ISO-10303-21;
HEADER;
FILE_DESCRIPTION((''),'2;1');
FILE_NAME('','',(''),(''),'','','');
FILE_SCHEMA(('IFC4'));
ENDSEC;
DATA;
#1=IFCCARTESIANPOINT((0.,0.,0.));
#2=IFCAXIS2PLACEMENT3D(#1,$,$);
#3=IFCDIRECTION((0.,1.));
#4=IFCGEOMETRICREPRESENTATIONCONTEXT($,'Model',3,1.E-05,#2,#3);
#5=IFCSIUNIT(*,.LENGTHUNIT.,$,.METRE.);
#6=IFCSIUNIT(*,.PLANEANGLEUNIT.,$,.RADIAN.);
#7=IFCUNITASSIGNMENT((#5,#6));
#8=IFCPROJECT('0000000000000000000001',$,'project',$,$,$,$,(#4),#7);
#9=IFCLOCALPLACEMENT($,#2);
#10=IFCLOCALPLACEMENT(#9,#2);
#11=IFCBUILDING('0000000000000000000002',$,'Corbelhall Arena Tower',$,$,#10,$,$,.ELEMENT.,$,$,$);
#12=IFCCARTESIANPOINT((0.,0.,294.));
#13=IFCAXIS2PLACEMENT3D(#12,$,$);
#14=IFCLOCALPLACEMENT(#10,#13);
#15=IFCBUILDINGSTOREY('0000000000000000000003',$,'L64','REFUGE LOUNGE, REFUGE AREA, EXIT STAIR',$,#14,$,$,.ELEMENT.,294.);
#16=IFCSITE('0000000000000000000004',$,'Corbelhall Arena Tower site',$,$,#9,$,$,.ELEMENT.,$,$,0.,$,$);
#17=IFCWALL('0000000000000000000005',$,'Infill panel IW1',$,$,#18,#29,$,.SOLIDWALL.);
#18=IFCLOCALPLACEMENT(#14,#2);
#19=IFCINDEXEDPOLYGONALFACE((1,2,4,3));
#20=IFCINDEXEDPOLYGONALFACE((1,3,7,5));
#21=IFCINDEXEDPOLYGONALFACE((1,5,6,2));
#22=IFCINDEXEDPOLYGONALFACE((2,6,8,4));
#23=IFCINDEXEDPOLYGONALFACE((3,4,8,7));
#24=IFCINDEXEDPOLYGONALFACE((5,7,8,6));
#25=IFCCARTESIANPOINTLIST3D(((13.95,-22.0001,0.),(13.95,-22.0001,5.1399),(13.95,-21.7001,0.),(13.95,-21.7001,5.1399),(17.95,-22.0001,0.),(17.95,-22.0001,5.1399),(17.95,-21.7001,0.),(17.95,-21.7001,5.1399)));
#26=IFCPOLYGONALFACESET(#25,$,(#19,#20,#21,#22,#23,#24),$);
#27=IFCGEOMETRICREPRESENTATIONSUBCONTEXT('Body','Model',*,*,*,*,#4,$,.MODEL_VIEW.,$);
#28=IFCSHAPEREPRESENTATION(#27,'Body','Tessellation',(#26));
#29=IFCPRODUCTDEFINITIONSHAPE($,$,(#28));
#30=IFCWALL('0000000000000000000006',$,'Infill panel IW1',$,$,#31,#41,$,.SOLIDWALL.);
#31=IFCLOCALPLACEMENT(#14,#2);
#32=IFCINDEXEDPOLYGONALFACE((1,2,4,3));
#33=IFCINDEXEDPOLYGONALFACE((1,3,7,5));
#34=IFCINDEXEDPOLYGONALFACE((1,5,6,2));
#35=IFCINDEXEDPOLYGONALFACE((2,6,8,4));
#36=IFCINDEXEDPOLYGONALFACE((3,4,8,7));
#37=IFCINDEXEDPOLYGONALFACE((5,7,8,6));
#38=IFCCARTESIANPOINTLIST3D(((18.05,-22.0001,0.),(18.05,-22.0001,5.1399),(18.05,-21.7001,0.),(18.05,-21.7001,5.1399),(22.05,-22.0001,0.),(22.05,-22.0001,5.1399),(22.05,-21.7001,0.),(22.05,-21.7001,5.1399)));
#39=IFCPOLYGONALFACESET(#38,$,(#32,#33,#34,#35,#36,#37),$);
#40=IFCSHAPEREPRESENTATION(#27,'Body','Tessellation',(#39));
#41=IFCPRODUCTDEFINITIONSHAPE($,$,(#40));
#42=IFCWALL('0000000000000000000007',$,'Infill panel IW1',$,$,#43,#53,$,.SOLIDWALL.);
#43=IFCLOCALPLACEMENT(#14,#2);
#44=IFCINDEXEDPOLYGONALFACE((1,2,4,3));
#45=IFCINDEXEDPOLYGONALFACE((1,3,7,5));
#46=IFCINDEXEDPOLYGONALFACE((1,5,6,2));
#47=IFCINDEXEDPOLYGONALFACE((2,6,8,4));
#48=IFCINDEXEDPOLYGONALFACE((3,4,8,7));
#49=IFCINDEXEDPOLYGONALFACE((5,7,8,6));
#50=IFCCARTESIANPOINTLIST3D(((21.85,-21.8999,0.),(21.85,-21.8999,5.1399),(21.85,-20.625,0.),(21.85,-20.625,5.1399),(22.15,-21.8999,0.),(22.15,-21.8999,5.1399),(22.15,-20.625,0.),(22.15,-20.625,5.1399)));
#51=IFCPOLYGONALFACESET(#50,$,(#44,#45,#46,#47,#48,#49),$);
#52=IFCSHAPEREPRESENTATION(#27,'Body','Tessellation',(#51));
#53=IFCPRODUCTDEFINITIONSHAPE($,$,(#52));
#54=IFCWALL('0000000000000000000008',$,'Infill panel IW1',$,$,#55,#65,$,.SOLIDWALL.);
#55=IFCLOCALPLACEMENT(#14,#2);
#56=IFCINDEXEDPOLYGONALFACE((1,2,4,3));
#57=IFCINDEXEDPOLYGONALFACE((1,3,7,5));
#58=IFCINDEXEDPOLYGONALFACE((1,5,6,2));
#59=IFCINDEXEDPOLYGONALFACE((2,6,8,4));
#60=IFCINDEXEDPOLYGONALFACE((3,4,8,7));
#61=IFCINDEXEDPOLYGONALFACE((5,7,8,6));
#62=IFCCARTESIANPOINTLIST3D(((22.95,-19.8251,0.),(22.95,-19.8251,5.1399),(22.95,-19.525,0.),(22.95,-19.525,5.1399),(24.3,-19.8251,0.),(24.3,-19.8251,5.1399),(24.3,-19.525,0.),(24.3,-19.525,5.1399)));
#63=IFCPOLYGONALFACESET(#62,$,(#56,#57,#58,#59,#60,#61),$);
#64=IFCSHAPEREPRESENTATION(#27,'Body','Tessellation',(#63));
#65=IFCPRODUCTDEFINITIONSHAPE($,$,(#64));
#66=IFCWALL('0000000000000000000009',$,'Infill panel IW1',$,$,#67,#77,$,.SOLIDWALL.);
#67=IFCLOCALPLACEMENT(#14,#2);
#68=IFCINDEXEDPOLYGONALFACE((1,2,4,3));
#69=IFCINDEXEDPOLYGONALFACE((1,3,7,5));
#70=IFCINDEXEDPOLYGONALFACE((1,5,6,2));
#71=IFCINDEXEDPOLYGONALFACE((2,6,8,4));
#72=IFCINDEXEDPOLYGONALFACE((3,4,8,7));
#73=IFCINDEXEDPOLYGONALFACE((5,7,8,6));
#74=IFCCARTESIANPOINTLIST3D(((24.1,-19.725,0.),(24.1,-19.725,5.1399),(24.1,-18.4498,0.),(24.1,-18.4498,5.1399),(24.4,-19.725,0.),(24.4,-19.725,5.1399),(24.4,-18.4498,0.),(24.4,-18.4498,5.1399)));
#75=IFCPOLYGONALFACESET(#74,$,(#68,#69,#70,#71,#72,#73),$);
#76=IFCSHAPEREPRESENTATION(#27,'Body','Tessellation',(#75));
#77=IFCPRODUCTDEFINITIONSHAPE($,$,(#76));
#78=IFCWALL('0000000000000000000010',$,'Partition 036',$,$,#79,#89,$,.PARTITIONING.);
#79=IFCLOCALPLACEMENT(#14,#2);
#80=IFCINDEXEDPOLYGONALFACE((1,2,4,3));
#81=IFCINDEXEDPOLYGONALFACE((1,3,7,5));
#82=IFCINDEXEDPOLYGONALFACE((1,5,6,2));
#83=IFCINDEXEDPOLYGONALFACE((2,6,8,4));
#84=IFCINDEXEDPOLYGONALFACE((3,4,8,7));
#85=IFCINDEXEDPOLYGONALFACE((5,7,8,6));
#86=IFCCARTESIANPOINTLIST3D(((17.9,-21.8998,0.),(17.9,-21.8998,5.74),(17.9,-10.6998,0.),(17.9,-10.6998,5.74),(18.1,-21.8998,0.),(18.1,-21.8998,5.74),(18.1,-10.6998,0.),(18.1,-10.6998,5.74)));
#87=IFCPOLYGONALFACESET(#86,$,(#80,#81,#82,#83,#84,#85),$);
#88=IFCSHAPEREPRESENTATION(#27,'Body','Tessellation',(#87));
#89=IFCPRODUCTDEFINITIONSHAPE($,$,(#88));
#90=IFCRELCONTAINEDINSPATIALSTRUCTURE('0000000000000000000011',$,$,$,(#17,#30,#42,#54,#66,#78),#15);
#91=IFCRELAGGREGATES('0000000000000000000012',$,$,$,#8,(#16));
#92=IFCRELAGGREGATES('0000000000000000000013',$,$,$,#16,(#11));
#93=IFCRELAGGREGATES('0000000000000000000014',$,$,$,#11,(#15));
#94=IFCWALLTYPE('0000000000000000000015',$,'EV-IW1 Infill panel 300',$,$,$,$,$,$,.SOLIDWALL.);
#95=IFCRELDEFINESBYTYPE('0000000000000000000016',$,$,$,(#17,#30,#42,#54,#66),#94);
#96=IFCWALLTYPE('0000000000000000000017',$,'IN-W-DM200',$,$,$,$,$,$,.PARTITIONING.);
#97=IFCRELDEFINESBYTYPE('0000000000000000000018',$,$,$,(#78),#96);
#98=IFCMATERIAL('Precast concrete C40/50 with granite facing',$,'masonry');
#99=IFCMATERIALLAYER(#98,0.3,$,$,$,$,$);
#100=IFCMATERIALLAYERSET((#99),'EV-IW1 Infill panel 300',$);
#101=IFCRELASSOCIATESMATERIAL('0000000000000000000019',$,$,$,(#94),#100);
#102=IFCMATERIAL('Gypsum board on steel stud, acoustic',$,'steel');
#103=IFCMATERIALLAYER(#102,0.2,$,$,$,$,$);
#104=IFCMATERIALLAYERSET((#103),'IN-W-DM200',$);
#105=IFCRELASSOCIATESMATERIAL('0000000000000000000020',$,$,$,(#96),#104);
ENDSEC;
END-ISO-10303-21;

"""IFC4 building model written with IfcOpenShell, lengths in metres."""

from ifc_helpers import new_model, si_unit, direction, frame, frame_2d, origin, place, context, subcontext, project, spatial, rectangle, extrude, material, layer, layer_set, type_object, element, save


model = new_model("IFC4")

# Units and contexts
model_context = context("Model", 3, precision=1e-05, world=origin(), true_north=direction((0.0, 1.0)))
body_context = subcontext(model_context, "Body", "Model", "MODEL_VIEW")
ifc_project = project(units=[si_unit("LENGTHUNIT", "METRE"), si_unit("PLANEANGLEUNIT", "RADIAN")], contexts=[model_context])

# Site, building, storey
site_placement = place(None, origin())
site = spatial("IfcSite", under=ifc_project, at=site_placement, Name="Corbelhall Arena Tower site", CompositionType="ELEMENT", RefElevation=0.0)
building_placement = place(site_placement, origin())
building = spatial("IfcBuilding", under=site, at=building_placement, Name="Corbelhall Arena Tower", CompositionType="ELEMENT")
storey_placement = place(building_placement, frame((0.0, 0.0, 294.0)))
storey = spatial("IfcBuildingStorey", under=building, at=storey_placement, Name="L64", Description="REFUGE LOUNGE, REFUGE AREA, EXIT STAIR", CompositionType="ELEMENT", Elevation=294.0)

# Walls
ifc_material_1 = material(Name="Precast concrete C40/50 with granite facing", Category="masonry")
ifc_layer_1 = layer(ifc_material_1, 0.3)
ifc_layer_set_1 = layer_set([ifc_layer_1], Name="EV-IW1 Infill panel 300")
wall_type_1 = type_object("IfcWallType", Name="EV-IW1 Infill panel 300", PredefinedType="SOLIDWALL", material=ifc_layer_set_1)
for number, where, z_axis, x_axis, name in (
    (1, (13.95, -21.8501, 0.0), (0.0, 0.0, 1.0), (1.0, 0.0, 0.0), "Infill panel IW1"),
    (2, (18.05, -21.8501, 0.0), (0.0, 0.0, 1.0), (1.0, 0.0, 0.0), "Infill panel IW1"),
):
    element("IfcWall", number, at=place(storey_placement, frame(where, z_axis=z_axis, x_axis=x_axis)), inside=storey, type_object=wall_type_1, Name=name, PredefinedType="SOLIDWALL", context=body_context, shape_type="SweptSolid", body=[
        extrude(rectangle(XDim=4.0, YDim=0.3, at=frame_2d((2.0, 0.0))), origin(), (0.0, 0.0, 1.0), 5.1399),
    ])
wall_1_placement = place(storey_placement, frame((22.0, -21.8999, 0.0), z_axis=(0.0, 0.0, 1.0), x_axis=(0.0, 1.0, 0.0)))
element("IfcWall", 3, at=wall_1_placement, inside=storey, type_object=wall_type_1, Name="Infill panel IW1", PredefinedType="SOLIDWALL", context=body_context, shape_type="SweptSolid", body=[
    extrude(rectangle(XDim=1.2749, YDim=0.3, at=frame_2d((0.6375, 0.0))), origin(), (0.0, 0.0, 1.0), 5.1399),
])
wall_2_placement = place(storey_placement, frame((22.95, -19.675, 0.0), z_axis=(0.0, 0.0, 1.0), x_axis=(1.0, 0.0, 0.0)))
element("IfcWall", 4, at=wall_2_placement, inside=storey, type_object=wall_type_1, Name="Infill panel IW1", PredefinedType="SOLIDWALL", context=body_context, shape_type="SweptSolid", body=[
    extrude(rectangle(XDim=1.3501, YDim=0.3, at=frame_2d((0.675, 0.0))), origin(), (0.0, 0.0, 1.0), 5.1399),
])
wall_3_placement = place(storey_placement, frame((24.25, -19.7251, 0.0), z_axis=(0.0, 0.0, 1.0), x_axis=(0.0, 1.0, 0.0)))
element("IfcWall", 5, at=wall_3_placement, inside=storey, type_object=wall_type_1, Name="Infill panel IW1", PredefinedType="SOLIDWALL", context=body_context, shape_type="SweptSolid", body=[
    extrude(rectangle(XDim=1.2751, YDim=0.3, at=frame_2d((0.6377, 0.0))), origin(), (0.0, 0.0, 1.0), 5.1399),
])
ifc_material_2 = material(Name="Gypsum board on steel stud, acoustic", Category="steel")
ifc_layer_2 = layer(ifc_material_2, 0.2)
ifc_layer_set_2 = layer_set([ifc_layer_2], Name="IN-W-DM200")
wall_type_2 = type_object("IfcWallType", Name="IN-W-DM200", PredefinedType="PARTITIONING", material=ifc_layer_set_2)
wall_4_placement = place(storey_placement, frame((18.0, -21.8999, 0.0), z_axis=(0.0, 0.0, 1.0), x_axis=(0.0, 1.0, 0.0)))
element("IfcWall", 6, at=wall_4_placement, inside=storey, type_object=wall_type_2, Name="Partition 036", PredefinedType="PARTITIONING", context=body_context, shape_type="SweptSolid", body=[
    extrude(rectangle(XDim=11.2, YDim=0.2, at=frame_2d((5.6001, 0.0))), origin(), (0.0, 0.0, 1.0), 5.74),
])

save(model, "model.ifc")
